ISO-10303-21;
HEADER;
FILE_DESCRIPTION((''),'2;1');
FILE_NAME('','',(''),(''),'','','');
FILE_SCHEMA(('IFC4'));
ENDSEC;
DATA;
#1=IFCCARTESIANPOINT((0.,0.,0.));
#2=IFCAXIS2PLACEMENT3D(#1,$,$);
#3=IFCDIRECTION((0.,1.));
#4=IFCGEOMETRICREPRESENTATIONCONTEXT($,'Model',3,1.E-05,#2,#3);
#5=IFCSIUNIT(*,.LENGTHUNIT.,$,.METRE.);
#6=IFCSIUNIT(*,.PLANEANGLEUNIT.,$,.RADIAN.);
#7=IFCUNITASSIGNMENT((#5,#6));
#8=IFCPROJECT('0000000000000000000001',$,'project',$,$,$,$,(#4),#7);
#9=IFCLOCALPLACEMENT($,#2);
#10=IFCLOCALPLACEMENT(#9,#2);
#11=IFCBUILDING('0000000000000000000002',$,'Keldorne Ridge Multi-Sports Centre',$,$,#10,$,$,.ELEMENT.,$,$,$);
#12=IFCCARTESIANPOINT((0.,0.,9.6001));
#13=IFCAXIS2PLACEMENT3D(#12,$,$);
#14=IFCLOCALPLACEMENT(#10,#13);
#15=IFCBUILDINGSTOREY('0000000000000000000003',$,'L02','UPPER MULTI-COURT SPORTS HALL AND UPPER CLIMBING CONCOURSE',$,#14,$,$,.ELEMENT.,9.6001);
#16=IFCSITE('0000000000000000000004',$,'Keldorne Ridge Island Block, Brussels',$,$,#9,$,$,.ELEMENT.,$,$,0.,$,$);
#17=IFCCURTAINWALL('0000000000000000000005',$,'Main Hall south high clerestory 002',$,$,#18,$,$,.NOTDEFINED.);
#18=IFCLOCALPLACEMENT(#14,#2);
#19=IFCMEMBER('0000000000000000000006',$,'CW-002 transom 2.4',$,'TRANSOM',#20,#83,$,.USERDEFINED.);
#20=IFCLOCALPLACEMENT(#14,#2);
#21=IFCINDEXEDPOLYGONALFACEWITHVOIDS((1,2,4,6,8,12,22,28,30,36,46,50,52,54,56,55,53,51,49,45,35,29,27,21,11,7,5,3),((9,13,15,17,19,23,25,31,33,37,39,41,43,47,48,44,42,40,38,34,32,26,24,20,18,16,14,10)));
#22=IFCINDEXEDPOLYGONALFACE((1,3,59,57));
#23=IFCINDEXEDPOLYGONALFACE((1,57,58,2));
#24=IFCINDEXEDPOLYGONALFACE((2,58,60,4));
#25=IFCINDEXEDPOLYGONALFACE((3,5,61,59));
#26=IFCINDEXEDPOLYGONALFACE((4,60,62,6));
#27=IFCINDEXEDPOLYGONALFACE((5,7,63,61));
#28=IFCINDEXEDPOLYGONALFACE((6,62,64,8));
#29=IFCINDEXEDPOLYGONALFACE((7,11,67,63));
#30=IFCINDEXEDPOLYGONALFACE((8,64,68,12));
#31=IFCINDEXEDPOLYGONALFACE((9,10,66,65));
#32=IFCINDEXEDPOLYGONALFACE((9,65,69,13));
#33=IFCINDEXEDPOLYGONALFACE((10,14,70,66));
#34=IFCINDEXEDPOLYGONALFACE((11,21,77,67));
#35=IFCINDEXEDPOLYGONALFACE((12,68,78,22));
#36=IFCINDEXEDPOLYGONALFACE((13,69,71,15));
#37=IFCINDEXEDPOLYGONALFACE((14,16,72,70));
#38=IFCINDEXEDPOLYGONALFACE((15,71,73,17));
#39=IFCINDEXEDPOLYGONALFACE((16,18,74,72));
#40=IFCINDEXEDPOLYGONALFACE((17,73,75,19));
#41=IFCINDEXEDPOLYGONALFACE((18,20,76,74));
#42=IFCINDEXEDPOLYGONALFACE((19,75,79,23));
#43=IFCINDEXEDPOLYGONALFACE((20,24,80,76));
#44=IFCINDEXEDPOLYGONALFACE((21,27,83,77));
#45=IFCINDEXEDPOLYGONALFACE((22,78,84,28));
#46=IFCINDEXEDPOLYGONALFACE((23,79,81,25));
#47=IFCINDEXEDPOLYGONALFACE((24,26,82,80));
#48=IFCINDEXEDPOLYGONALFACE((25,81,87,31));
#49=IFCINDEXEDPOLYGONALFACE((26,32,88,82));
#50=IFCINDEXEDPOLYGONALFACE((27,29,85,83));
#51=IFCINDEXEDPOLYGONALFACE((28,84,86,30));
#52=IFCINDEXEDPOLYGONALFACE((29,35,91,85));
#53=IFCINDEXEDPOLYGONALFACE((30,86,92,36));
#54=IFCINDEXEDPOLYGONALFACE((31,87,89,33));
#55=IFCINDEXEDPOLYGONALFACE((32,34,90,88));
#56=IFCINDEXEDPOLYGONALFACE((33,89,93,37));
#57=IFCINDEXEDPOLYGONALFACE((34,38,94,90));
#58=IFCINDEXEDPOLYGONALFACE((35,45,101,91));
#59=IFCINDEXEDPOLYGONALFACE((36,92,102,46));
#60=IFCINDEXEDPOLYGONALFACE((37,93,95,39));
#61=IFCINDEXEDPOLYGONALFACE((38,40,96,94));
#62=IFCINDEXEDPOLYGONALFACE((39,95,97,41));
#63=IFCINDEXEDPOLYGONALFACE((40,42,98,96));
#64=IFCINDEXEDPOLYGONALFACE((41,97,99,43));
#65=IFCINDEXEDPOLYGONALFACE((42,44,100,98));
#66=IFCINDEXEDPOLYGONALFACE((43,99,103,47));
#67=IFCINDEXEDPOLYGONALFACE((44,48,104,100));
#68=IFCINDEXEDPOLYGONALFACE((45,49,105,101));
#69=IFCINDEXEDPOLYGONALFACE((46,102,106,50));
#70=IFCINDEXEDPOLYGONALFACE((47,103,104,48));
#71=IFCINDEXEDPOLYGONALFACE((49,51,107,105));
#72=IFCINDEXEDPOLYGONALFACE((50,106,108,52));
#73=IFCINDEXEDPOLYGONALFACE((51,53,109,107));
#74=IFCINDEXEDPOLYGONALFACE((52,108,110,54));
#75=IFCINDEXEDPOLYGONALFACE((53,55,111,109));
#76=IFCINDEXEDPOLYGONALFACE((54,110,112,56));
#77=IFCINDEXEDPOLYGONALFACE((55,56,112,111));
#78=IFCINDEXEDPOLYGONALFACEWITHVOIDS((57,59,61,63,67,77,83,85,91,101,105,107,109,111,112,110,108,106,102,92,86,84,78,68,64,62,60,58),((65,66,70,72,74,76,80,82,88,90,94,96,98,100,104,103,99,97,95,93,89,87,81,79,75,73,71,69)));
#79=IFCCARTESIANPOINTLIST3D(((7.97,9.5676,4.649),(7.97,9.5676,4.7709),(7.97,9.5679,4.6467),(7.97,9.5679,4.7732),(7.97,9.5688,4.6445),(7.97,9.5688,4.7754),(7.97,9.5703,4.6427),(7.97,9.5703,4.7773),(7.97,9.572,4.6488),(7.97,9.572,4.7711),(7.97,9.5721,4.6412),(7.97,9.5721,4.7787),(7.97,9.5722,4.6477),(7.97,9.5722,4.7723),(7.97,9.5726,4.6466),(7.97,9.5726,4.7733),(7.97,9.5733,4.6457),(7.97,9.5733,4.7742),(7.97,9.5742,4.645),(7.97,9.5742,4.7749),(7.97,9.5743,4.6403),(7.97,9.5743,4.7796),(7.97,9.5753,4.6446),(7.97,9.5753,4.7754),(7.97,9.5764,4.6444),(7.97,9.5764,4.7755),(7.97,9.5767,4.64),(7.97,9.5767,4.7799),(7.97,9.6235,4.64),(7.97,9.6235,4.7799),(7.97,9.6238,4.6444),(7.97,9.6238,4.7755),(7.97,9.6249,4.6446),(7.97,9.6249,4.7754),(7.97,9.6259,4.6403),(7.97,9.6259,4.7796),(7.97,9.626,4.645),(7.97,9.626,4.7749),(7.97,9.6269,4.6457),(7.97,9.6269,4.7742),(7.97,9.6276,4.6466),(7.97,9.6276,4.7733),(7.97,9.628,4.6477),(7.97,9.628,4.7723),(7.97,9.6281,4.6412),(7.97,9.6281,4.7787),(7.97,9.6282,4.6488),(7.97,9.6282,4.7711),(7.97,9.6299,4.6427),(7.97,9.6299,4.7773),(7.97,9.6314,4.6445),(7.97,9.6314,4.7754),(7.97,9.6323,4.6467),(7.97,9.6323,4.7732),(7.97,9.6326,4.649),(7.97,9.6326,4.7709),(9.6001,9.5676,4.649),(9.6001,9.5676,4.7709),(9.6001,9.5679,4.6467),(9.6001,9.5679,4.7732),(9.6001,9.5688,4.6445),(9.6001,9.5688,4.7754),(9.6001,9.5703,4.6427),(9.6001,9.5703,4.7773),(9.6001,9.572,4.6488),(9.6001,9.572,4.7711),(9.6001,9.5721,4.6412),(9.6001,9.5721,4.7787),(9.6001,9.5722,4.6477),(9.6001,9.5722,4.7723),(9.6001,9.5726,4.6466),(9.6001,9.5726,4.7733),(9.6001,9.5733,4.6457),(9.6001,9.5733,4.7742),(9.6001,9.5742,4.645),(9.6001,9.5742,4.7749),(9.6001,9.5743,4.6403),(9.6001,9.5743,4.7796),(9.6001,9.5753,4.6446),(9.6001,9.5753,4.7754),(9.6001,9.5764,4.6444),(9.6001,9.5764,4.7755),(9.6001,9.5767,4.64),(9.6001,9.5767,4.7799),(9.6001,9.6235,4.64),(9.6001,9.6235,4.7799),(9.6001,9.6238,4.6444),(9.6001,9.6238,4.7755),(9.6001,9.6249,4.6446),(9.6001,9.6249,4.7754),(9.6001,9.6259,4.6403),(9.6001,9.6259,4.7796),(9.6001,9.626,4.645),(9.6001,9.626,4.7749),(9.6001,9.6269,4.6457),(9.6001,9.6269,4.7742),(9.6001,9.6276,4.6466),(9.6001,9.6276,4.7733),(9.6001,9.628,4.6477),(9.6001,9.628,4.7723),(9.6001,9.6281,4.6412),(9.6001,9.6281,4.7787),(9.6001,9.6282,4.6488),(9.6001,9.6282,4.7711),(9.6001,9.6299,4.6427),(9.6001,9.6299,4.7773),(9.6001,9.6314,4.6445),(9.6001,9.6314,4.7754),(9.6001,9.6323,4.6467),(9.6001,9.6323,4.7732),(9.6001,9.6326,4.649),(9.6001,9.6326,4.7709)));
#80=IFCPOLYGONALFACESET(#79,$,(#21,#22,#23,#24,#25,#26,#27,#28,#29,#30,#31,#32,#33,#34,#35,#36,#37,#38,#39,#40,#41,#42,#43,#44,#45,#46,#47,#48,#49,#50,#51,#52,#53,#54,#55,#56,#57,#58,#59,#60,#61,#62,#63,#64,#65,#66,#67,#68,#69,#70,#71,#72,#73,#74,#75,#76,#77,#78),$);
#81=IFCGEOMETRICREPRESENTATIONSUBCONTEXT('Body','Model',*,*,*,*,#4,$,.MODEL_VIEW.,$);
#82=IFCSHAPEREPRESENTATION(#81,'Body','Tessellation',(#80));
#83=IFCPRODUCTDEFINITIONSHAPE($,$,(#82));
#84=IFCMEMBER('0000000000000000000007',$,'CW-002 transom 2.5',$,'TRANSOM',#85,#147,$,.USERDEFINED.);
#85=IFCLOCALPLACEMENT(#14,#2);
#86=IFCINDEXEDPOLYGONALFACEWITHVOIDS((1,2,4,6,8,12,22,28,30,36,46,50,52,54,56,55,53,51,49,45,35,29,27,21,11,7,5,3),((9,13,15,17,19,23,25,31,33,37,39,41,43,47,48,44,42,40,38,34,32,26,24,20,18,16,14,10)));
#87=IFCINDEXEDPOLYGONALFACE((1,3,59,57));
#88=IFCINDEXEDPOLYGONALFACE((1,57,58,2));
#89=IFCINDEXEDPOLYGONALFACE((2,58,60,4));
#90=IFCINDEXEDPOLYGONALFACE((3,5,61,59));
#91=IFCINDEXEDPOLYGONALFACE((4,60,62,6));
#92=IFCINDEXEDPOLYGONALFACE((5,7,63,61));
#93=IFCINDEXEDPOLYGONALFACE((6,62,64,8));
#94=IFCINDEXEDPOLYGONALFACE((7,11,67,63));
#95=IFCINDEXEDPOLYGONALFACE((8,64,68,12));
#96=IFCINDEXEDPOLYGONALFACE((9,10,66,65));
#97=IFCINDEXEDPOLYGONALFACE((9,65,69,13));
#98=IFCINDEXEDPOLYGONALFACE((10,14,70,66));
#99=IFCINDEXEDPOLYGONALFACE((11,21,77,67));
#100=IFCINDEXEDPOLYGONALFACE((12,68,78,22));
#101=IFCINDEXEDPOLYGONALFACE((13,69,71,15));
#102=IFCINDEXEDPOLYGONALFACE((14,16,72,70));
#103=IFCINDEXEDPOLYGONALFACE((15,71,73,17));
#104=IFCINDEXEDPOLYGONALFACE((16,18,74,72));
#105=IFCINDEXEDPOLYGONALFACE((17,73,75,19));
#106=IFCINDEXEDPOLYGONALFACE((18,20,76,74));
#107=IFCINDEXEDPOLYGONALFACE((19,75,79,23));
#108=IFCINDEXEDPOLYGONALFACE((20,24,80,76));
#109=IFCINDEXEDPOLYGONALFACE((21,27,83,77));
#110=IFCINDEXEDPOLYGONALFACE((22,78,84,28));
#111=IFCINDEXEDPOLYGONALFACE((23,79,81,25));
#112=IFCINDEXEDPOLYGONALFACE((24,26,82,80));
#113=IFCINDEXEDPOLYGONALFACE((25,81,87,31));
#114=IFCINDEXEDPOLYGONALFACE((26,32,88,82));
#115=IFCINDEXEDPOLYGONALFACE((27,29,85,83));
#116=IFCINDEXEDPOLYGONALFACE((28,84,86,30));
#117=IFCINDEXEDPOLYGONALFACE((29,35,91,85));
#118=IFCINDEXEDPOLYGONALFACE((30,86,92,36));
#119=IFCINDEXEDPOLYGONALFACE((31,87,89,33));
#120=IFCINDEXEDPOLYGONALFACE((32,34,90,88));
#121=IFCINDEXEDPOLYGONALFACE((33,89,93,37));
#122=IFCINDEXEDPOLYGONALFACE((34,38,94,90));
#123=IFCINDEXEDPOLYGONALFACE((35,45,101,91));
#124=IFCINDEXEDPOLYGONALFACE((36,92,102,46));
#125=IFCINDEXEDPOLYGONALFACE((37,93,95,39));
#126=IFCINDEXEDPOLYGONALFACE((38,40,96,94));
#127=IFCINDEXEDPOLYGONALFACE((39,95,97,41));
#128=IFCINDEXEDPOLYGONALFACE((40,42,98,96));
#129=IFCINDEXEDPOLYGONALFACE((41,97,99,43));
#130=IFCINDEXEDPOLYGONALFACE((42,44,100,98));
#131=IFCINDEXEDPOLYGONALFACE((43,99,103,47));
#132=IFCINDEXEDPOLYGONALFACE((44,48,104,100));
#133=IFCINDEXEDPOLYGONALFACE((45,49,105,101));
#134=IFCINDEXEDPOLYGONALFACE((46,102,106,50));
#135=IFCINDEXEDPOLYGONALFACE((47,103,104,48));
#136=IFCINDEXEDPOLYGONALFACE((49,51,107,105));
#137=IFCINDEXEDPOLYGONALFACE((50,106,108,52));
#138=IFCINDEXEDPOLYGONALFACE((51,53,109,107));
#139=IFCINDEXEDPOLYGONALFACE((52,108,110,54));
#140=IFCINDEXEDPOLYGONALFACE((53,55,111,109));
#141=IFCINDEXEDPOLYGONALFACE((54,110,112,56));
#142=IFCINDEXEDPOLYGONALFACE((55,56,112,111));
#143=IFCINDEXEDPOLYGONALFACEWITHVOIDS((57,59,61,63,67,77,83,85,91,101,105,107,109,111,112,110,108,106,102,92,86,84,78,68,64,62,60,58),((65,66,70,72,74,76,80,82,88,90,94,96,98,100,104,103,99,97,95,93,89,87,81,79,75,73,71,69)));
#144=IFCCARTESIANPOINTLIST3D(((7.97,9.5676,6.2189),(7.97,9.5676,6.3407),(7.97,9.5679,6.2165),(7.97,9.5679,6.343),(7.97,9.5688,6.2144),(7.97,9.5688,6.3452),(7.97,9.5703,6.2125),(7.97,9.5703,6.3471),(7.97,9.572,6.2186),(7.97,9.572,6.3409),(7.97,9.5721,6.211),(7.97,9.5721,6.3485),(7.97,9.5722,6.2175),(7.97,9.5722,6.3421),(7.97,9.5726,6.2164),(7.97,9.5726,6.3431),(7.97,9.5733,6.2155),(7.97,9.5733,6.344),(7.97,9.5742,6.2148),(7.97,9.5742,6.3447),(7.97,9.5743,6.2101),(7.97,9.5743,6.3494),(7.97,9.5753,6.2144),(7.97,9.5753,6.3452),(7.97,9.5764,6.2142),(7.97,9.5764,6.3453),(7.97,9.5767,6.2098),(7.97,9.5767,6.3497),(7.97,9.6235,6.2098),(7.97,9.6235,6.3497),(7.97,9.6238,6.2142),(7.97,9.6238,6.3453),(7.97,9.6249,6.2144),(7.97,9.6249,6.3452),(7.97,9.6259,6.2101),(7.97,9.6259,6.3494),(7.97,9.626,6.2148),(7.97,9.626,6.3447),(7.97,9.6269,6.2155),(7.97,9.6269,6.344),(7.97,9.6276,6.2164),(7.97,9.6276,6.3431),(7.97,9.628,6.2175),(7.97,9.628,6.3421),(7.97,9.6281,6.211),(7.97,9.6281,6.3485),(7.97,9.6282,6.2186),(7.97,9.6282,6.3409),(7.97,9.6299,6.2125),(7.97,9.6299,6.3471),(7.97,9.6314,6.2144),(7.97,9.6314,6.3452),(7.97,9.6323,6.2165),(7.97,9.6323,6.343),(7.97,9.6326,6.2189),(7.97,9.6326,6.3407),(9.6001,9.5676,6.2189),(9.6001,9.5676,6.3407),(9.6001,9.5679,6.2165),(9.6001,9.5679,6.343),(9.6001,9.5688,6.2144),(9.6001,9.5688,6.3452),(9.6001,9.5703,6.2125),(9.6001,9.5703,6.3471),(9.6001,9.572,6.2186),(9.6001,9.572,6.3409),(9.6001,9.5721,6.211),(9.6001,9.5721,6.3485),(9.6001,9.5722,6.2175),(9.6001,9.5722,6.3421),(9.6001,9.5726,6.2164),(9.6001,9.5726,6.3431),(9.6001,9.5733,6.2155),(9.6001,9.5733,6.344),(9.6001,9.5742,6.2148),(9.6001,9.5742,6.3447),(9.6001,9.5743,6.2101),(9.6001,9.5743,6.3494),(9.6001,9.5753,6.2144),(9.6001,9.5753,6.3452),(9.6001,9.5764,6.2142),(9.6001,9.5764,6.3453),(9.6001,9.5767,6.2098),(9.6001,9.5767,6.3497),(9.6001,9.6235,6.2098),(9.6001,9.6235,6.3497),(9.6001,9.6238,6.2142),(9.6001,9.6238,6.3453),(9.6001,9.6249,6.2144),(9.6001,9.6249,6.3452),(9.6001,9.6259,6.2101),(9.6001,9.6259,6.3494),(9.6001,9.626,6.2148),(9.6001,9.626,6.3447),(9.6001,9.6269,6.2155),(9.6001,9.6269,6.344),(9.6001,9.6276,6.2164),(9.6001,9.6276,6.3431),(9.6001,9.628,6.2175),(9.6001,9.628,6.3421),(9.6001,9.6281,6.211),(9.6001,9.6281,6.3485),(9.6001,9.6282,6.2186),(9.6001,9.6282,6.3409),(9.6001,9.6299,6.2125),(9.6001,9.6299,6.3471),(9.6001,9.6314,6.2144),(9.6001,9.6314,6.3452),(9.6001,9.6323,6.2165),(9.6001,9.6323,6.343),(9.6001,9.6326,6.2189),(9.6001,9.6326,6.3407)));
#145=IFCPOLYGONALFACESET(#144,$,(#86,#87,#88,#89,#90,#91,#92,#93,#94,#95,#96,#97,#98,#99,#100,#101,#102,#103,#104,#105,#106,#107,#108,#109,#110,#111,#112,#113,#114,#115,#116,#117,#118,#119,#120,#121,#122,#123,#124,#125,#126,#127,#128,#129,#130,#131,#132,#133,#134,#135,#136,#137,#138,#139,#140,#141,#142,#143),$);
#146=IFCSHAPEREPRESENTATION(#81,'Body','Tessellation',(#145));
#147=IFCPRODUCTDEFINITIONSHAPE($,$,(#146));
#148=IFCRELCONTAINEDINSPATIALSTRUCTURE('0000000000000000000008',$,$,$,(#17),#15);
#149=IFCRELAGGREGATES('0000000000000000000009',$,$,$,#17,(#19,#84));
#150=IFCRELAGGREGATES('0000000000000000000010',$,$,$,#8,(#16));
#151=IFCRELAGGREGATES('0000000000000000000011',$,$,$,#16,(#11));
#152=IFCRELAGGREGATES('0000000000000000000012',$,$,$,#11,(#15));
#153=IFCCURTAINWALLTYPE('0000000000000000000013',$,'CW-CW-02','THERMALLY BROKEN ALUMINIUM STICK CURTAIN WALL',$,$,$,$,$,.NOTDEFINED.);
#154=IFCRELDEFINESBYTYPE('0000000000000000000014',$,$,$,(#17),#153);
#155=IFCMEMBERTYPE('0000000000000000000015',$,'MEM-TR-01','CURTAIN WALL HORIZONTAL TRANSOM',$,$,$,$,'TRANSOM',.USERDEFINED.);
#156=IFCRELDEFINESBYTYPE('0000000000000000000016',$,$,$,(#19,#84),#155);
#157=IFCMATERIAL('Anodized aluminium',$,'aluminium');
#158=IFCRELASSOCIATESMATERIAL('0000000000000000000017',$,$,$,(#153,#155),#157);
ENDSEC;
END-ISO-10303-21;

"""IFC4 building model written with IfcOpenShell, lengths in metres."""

from ifc_helpers import new_model, si_unit, direction, frame, origin, origin_2d, place, context, subcontext, project, spatial, hollow_rectangle, extrude, material, material_profile, profile_set, type_object, element, aggregate, save


model = new_model("IFC4")

# Units and contexts
model_context = context("Model", 3, precision=1e-05, world=origin(), true_north=direction((0.0, 1.0)))
body_context = subcontext(model_context, "Body", "Model", "MODEL_VIEW")
ifc_project = project(units=[si_unit("LENGTHUNIT", "METRE"), si_unit("PLANEANGLEUNIT", "RADIAN")], contexts=[model_context])

# Site, building, storey
site_placement = place(None, origin())
site = spatial("IfcSite", under=ifc_project, at=site_placement, Name="Keldorne Ridge Island Block, Brussels", CompositionType="ELEMENT", RefElevation=0.0)
building_placement = place(site_placement, origin())
building = spatial("IfcBuilding", under=site, at=building_placement, Name="Keldorne Ridge Multi-Sports Centre", CompositionType="ELEMENT")
storey_placement = place(building_placement, frame((0.0, 0.0, 9.6001)))
storey = spatial("IfcBuildingStorey", under=building, at=storey_placement, Name="L02", Description="UPPER MULTI-COURT SPORTS HALL AND UPPER CLIMBING CONCOURSE", CompositionType="ELEMENT", Elevation=9.6001)

# Curtain wall, members
ifc_material_1 = material(Name="Anodized aluminium", Category="aluminium")
curtain_wall_type_1 = type_object("IfcCurtainWallType", Name="CW-CW-02", Description="THERMALLY BROKEN ALUMINIUM STICK CURTAIN WALL", PredefinedType="NOTDEFINED", material=ifc_material_1)
curtain_wall_1_placement = place(storey_placement, origin())
curtain_wall_1 = element("IfcCurtainWall", 1, at=curtain_wall_1_placement, inside=storey, type_object=curtain_wall_type_1, Name="Main Hall south high clerestory 002", PredefinedType="NOTDEFINED")
ifc_material_profile_1 = material_profile(ifc_material_1, hollow_rectangle(XDim=0.0649, YDim=0.1399, WallThickness=0.0044, InnerFilletRadius=0.0044, OuterFilletRadius=0.009, at=origin_2d()), Name="ALU TRANSOM 140x65x4.5")
ifc_profile_set_1 = profile_set([ifc_material_profile_1], Name="Anodized aluminium")
member_type_1 = type_object("IfcMemberType", Name="MEM-TR-01", Description="CURTAIN WALL HORIZONTAL TRANSOM", ElementType="TRANSOM", PredefinedType="USERDEFINED", material=ifc_profile_set_1)
member_1_placement = place(storey_placement, frame((7.97, 9.6001, 4.71), z_axis=(1.0, 0.0, 0.0), x_axis=(0.0, 1.0, 0.0)))
member_1 = element("IfcMember", 2, at=member_1_placement, type_object=member_type_1, Name="CW-002 transom 2.4", ObjectType="TRANSOM", PredefinedType="USERDEFINED", context=body_context, shape_type="SweptSolid", body=[
    extrude(hollow_rectangle(XDim=0.0649, YDim=0.1399, WallThickness=0.0044, InnerFilletRadius=0.0044, OuterFilletRadius=0.009, at=origin_2d()), origin(), (0.0, 0.0, 1.0), 1.6301),
])
member_2_placement = place(storey_placement, frame((7.97, 9.6001, 6.2798), z_axis=(1.0, 0.0, 0.0), x_axis=(0.0, 1.0, 0.0)))
member_2 = element("IfcMember", 3, at=member_2_placement, type_object=member_type_1, Name="CW-002 transom 2.5", ObjectType="TRANSOM", PredefinedType="USERDEFINED", context=body_context, shape_type="SweptSolid", body=[
    extrude(hollow_rectangle(XDim=0.0649, YDim=0.1399, WallThickness=0.0044, InnerFilletRadius=0.0044, OuterFilletRadius=0.009, at=origin_2d()), origin(), (0.0, 0.0, 1.0), 1.6301),
])

aggregate(curtain_wall_1, [member_1, member_2])

save(model, "model.ifc")
